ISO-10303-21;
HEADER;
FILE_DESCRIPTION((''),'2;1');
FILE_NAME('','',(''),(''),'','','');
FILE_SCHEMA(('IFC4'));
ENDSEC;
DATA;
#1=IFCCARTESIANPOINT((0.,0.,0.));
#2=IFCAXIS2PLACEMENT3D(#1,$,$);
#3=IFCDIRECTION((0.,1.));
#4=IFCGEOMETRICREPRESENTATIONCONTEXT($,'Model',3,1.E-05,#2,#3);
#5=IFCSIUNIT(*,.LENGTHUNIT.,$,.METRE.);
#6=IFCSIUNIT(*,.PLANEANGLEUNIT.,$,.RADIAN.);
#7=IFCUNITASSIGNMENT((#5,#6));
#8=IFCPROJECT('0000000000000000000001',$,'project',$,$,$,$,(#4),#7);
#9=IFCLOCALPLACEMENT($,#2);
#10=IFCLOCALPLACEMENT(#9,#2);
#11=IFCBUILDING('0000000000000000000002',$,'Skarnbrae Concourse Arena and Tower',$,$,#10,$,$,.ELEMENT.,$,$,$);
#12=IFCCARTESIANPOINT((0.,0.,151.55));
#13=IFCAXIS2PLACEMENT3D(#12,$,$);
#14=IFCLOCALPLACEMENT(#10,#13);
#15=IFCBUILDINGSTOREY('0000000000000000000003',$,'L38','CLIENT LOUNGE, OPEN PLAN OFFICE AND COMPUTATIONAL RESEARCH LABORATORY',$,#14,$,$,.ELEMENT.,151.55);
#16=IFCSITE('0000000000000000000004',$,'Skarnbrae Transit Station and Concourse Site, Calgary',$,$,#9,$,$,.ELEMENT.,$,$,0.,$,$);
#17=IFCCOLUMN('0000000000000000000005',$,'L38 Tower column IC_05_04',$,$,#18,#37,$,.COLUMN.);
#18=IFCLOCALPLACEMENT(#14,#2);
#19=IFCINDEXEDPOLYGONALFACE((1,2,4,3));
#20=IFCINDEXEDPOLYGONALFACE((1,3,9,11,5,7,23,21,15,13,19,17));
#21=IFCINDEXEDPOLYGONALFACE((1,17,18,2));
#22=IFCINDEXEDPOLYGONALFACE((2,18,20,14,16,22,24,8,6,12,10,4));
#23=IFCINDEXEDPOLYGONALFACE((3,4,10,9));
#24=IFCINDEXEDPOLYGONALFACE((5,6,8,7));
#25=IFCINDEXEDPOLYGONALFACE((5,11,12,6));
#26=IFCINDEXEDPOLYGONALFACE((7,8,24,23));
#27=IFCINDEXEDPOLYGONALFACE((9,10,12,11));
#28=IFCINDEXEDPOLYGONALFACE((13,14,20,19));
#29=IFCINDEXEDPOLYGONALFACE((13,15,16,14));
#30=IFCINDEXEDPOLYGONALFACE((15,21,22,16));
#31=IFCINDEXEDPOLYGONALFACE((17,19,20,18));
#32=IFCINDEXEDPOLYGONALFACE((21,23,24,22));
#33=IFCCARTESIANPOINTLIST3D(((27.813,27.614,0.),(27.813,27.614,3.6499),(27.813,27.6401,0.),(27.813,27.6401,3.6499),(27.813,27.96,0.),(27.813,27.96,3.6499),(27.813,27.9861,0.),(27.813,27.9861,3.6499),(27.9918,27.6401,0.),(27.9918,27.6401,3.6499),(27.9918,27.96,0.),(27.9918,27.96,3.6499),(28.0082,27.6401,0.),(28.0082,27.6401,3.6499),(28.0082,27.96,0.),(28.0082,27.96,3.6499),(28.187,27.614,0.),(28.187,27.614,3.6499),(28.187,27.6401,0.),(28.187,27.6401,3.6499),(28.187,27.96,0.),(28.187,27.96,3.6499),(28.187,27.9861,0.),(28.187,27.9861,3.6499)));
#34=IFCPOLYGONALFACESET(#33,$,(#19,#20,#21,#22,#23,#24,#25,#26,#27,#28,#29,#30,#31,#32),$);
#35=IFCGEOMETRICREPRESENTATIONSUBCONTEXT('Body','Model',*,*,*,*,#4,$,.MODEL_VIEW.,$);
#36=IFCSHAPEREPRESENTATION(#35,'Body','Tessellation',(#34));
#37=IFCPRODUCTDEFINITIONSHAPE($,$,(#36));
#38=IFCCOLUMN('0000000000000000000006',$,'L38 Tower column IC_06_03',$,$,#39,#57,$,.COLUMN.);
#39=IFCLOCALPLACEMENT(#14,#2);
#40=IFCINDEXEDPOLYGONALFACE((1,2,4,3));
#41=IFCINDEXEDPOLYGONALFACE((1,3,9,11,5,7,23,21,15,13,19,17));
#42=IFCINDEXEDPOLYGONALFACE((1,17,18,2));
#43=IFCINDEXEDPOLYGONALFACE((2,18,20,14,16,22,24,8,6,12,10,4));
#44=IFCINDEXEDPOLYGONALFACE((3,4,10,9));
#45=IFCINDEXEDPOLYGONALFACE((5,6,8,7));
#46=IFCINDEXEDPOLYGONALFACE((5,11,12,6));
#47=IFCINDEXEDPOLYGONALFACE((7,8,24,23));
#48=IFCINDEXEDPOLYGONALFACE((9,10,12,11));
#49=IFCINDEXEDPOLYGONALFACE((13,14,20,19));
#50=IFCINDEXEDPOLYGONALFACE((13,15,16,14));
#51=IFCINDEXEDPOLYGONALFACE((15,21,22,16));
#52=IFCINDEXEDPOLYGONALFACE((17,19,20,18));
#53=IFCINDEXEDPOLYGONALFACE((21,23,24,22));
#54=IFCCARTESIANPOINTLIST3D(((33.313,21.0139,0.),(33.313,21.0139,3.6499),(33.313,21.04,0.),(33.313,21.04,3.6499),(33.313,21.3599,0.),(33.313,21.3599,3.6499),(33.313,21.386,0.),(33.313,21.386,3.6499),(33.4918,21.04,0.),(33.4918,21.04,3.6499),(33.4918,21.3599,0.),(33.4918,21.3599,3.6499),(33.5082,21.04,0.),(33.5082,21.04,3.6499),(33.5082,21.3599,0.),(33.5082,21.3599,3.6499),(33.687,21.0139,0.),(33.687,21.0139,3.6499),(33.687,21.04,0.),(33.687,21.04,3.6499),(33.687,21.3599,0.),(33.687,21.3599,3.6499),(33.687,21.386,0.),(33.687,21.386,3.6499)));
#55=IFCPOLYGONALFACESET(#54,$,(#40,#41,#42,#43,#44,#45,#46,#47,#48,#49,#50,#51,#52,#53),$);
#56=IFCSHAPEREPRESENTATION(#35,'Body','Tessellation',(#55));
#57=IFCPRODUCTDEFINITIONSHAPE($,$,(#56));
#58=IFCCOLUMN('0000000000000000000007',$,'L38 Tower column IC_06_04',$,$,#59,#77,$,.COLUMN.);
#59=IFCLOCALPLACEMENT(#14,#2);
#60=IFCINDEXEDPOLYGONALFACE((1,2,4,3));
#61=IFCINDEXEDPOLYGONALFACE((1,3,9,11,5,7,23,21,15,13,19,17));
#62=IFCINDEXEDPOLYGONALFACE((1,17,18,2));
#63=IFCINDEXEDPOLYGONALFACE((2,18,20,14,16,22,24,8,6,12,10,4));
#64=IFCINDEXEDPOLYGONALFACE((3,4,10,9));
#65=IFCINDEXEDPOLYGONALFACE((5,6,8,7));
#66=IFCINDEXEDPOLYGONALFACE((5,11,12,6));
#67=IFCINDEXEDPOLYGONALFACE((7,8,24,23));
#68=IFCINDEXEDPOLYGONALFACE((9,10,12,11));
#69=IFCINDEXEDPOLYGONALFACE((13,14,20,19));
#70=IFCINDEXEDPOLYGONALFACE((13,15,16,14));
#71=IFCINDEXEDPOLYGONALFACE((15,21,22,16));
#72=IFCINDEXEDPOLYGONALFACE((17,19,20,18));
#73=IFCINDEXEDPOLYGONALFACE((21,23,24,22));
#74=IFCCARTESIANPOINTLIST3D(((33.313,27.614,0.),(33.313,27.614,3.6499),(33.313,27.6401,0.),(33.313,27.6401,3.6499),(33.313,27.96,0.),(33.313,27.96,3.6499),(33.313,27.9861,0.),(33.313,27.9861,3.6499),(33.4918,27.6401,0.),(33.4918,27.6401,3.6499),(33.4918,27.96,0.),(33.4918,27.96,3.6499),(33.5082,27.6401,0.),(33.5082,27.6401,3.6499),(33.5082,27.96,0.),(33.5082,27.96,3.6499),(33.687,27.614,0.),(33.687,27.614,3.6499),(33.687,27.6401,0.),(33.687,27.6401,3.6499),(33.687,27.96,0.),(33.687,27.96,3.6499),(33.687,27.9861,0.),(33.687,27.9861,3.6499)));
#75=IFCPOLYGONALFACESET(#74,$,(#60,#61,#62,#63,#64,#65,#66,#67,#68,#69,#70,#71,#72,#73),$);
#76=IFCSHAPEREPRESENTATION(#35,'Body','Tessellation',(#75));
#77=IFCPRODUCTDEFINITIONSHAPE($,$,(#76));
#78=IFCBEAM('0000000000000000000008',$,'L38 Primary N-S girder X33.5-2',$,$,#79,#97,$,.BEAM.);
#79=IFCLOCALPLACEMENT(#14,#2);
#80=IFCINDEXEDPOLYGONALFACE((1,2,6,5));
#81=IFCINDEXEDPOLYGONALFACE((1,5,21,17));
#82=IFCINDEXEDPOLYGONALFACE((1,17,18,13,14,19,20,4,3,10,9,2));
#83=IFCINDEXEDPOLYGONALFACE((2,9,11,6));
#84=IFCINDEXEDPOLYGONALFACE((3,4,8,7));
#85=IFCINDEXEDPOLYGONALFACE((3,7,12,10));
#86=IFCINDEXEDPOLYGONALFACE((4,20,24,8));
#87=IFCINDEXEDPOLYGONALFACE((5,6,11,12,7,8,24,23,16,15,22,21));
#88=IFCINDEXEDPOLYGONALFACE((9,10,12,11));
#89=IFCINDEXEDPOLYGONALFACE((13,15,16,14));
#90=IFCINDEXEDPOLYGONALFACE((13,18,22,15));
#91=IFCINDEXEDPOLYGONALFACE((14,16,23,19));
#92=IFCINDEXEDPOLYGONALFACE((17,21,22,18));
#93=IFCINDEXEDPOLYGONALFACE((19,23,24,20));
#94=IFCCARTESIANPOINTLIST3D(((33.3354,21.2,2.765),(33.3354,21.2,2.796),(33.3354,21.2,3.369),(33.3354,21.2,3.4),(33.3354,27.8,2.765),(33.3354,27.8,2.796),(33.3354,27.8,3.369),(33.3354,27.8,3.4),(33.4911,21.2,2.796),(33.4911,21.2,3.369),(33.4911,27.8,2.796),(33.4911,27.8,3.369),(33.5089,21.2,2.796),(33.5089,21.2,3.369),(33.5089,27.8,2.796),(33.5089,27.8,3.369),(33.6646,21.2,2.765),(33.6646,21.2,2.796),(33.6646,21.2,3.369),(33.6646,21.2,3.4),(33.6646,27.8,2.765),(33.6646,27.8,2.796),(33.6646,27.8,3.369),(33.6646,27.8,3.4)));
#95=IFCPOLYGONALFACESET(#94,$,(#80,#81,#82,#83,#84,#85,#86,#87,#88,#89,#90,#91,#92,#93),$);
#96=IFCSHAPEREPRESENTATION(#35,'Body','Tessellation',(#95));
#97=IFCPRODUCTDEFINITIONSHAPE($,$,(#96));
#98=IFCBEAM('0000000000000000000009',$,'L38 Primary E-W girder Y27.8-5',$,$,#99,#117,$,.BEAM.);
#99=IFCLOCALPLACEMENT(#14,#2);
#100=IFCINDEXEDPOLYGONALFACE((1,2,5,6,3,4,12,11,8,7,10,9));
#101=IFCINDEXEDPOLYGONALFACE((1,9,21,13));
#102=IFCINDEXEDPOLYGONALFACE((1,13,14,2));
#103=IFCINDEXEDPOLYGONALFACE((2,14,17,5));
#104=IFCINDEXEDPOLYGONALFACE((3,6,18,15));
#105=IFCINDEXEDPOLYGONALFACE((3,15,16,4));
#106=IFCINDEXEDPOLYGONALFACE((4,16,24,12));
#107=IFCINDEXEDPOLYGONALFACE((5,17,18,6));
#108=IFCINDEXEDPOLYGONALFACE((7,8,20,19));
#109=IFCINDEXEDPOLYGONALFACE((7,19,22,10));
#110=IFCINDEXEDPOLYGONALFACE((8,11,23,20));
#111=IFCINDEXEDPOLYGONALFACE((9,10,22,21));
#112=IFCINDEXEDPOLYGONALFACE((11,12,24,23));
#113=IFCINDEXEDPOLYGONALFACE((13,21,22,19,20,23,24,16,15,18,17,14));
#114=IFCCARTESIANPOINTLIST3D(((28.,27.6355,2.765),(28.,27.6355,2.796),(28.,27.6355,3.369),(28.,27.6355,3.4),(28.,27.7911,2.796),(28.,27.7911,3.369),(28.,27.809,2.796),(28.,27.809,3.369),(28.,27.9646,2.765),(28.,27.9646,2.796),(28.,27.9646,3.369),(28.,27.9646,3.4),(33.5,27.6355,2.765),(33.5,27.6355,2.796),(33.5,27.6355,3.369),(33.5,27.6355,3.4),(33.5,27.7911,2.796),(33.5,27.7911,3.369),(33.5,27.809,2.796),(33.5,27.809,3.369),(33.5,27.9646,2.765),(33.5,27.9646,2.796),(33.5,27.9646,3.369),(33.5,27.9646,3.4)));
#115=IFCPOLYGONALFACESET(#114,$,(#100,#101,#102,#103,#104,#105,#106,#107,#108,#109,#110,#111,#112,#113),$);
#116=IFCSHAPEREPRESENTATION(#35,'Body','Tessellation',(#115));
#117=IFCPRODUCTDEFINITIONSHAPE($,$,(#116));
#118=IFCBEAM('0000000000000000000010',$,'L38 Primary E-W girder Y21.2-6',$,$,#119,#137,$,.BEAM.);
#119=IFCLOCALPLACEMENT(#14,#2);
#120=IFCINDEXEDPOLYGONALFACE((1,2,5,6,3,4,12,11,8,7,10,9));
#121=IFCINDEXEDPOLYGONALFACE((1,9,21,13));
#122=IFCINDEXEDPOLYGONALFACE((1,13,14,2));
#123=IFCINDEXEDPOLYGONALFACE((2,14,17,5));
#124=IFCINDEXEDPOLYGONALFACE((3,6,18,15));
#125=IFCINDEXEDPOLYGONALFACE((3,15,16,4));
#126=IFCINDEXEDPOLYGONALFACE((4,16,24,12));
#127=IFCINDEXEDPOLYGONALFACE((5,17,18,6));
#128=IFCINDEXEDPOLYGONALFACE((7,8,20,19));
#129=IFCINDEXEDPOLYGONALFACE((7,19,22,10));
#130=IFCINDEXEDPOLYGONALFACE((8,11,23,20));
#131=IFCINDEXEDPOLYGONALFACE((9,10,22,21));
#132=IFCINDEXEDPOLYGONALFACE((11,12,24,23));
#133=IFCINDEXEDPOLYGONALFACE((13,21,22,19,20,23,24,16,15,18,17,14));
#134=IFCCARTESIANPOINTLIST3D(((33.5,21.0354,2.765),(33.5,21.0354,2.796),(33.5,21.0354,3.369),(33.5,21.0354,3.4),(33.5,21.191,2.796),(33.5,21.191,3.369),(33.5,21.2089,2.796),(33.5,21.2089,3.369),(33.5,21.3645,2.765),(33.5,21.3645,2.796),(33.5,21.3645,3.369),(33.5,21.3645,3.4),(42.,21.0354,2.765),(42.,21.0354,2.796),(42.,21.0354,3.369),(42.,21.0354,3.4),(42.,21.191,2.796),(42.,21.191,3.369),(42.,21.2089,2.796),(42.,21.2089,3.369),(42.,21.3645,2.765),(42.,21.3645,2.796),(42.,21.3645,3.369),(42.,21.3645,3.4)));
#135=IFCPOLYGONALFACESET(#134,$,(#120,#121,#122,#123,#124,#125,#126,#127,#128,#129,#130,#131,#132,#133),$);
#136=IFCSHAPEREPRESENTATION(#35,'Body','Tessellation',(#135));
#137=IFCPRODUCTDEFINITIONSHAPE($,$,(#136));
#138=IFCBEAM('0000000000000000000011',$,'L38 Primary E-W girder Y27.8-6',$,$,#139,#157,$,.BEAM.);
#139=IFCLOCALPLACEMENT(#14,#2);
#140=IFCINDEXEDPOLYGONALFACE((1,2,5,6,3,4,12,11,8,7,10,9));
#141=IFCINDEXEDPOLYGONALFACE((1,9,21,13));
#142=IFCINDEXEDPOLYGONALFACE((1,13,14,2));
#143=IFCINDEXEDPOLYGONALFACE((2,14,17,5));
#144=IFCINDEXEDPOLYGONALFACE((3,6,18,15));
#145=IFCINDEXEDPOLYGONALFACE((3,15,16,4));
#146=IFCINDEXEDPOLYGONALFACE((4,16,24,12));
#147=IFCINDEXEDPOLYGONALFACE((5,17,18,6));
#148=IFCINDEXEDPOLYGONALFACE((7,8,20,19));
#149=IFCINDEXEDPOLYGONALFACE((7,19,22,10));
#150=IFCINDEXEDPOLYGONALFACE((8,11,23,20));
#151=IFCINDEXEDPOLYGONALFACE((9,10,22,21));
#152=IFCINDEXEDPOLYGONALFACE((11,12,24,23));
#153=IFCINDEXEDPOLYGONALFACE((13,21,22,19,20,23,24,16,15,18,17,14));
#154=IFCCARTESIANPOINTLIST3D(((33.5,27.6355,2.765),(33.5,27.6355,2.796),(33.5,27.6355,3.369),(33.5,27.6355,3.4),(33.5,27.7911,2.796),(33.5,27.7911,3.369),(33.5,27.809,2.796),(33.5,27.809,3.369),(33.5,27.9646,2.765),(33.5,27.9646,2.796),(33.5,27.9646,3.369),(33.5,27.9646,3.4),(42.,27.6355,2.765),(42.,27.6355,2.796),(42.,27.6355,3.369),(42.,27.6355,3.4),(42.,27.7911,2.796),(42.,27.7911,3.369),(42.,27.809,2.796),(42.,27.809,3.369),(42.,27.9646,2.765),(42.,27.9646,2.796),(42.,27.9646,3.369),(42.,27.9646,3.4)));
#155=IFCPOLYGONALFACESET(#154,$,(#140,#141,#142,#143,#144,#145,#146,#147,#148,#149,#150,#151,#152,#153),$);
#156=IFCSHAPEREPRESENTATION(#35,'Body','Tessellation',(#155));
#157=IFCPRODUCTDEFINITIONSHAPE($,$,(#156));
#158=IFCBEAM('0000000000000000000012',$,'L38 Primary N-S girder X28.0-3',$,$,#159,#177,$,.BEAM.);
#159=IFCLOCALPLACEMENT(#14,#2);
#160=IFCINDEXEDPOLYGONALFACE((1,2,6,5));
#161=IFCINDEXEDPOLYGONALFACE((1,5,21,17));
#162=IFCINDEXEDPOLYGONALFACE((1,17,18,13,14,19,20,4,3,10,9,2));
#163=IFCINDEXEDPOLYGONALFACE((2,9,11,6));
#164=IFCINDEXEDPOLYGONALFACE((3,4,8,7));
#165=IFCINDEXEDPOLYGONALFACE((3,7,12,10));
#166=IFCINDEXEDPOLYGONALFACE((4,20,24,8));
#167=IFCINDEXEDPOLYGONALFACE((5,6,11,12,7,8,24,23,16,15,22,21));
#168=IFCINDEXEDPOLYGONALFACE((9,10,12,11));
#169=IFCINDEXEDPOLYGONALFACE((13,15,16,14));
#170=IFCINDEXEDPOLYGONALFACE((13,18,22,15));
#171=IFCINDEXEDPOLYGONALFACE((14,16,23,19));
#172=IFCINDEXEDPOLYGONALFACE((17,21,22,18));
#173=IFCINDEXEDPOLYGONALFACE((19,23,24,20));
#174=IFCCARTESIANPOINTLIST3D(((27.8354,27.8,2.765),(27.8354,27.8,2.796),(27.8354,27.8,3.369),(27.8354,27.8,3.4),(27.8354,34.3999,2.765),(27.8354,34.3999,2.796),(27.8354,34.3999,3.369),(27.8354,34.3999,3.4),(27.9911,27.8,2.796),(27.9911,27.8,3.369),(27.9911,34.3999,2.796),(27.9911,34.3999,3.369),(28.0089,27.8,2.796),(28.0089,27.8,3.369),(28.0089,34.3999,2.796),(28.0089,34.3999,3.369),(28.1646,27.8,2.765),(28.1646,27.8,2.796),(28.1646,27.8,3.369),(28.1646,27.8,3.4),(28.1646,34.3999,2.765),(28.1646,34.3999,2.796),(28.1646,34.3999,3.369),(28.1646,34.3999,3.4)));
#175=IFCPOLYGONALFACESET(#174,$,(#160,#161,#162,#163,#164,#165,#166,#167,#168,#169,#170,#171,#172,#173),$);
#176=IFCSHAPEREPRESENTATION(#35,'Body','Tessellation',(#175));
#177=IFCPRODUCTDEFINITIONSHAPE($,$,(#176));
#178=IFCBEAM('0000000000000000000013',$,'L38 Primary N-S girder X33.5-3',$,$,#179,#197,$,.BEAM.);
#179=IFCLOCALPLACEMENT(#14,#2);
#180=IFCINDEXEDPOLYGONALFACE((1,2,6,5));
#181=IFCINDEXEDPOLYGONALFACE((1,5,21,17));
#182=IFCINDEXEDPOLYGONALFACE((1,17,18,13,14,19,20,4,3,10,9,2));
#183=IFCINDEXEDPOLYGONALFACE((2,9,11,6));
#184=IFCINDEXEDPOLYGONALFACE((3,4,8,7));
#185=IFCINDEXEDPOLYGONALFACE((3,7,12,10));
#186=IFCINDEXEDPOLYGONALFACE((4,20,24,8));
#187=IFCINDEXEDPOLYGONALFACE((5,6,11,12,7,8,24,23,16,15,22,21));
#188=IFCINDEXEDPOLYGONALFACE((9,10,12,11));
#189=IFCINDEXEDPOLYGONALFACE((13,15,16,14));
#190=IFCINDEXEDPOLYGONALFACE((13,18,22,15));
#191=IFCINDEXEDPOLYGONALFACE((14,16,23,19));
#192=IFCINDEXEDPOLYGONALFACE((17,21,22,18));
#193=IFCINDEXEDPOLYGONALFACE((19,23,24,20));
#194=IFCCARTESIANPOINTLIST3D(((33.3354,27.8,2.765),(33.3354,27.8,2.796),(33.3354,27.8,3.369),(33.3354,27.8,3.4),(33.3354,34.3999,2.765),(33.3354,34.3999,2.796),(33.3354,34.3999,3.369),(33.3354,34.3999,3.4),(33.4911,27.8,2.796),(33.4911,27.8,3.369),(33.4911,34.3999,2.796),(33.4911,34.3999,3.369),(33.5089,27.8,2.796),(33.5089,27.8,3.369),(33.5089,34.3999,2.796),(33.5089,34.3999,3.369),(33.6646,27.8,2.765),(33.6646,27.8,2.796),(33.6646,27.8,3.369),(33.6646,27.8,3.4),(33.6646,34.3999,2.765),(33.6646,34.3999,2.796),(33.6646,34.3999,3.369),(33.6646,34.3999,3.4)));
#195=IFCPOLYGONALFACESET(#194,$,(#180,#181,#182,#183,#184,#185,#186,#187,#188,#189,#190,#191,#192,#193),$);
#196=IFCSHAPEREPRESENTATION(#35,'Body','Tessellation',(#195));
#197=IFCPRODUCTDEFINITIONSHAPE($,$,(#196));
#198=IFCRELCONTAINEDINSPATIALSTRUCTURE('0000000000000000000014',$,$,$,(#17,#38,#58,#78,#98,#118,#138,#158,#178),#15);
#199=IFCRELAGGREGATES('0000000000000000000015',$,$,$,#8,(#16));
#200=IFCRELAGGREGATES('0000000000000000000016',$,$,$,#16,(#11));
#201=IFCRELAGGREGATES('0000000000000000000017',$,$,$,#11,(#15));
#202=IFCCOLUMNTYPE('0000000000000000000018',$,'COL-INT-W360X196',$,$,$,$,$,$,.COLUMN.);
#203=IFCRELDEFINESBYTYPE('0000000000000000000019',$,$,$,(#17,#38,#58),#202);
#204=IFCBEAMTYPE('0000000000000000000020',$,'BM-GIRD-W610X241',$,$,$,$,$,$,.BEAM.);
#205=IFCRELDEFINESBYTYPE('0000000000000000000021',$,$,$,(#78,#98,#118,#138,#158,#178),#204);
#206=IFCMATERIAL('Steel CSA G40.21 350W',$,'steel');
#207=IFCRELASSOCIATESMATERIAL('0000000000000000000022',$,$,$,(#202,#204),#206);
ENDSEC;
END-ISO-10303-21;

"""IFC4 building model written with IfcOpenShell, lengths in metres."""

from ifc_helpers import new_model, si_unit, direction, frame, origin, origin_2d, place, context, subcontext, project, spatial, i_section, extrude, source, transform, mapped, material, material_profile, profile_set, type_object, element, save


model = new_model("IFC4")

# Units and contexts
model_context = context("Model", 3, precision=1e-05, world=origin(), true_north=direction((0.0, 1.0)))
body_context = subcontext(model_context, "Body", "Model", "MODEL_VIEW")
ifc_project = project(units=[si_unit("LENGTHUNIT", "METRE"), si_unit("PLANEANGLEUNIT", "RADIAN")], contexts=[model_context])

# Site, building, storey
site_placement = place(None, origin())
site = spatial("IfcSite", under=ifc_project, at=site_placement, Name="Skarnbrae Transit Station and Concourse Site, Calgary", CompositionType="ELEMENT", RefElevation=0.0)
building_placement = place(site_placement, origin())
building = spatial("IfcBuilding", under=site, at=building_placement, Name="Skarnbrae Concourse Arena and Tower", CompositionType="ELEMENT")
storey_placement = place(building_placement, frame((0.0, 0.0, 151.55)))
storey = spatial("IfcBuildingStorey", under=building, at=storey_placement, Name="L38", Description="CLIENT LOUNGE, OPEN PLAN OFFICE AND COMPUTATIONAL RESEARCH LABORATORY", CompositionType="ELEMENT", Elevation=151.55)

# Columns
ifc_material_1 = material(Name="Steel CSA G40.21 350W", Category="steel")
ifc_material_profile_1 = material_profile(ifc_material_1, i_section(OverallWidth=0.374, OverallDepth=0.3721, WebThickness=0.0164, FlangeThickness=0.0261, at=origin_2d()), Name="W360X196")
ifc_profile_set_1 = profile_set([ifc_material_profile_1], Name="Steel CSA G40.21 350W")
column_type = type_object("IfcColumnType", Name="COL-INT-W360X196", PredefinedType="COLUMN", material=ifc_profile_set_1)
shared_shape_1 = source(origin(), body_context, "Body", "SweptSolid", [
    extrude(i_section(OverallWidth=0.374, OverallDepth=0.3721, WebThickness=0.0164, FlangeThickness=0.0261, at=origin_2d()), origin(), (0.0, 0.0, 1.0), 3.6499),
])
for number, where, z_axis, x_axis, name in (
    (1, (28.0, 27.8, 0.0), (0.0, 0.0, 1.0), (1.0, 0.0, 0.0), "L38 Tower column IC_05_04"),
    (2, (33.5, 21.2, 0.0), (0.0, 0.0, 1.0), (1.0, 0.0, 0.0), "L38 Tower column IC_06_03"),
    (3, (33.5, 27.8, 0.0), (0.0, 0.0, 1.0), (1.0, 0.0, 0.0), "L38 Tower column IC_06_04"),
):
    element("IfcColumn", number, at=place(storey_placement, frame(where, z_axis=z_axis, x_axis=x_axis)), inside=storey, type_object=column_type, Name=name, PredefinedType="COLUMN", context=body_context, shape_type="MappedRepresentation", body=[
        mapped(shared_shape_1, transform((0.0, 0.0, 0.0))),
    ])

# Beams
ifc_material_profile_2 = material_profile(ifc_material_1, i_section(OverallWidth=0.3291, OverallDepth=0.635, WebThickness=0.0178, FlangeThickness=0.031, at=origin_2d()), Name="W610X241")
ifc_profile_set_2 = profile_set([ifc_material_profile_2], Name="Steel CSA G40.21 350W")
beam_type_1 = type_object("IfcBeamType", Name="BM-GIRD-W610X241", PredefinedType="BEAM", material=ifc_profile_set_2)
shared_shape_2 = source(origin(), body_context, "Body", "SweptSolid", [
    extrude(i_section(OverallWidth=0.3291, OverallDepth=0.635, WebThickness=0.0178, FlangeThickness=0.031, at=origin_2d()), origin(), (0.0, 0.0, 1.0), 6.6001),
])
beam_1_placement = place(storey_placement, frame((33.5, 21.2, 3.0825), z_axis=(0.0, 1.0, 0.0), x_axis=(-1.0, 0.0, 0.0)))
element("IfcBeam", 4, at=beam_1_placement, inside=storey, type_object=beam_type_1, Name="L38 Primary N-S girder X33.5-2", PredefinedType="BEAM", context=body_context, shape_type="MappedRepresentation", body=[
    mapped(shared_shape_2, transform((0.0, 0.0, 0.0))),
])
shared_shape_3 = source(origin(), body_context, "Body", "SweptSolid", [
    extrude(i_section(OverallWidth=0.3291, OverallDepth=0.635, WebThickness=0.0178, FlangeThickness=0.031, at=origin_2d()), origin(), (0.0, 0.0, 1.0), 5.5),
])
beam_2_placement = place(storey_placement, frame((28.0, 27.8, 3.0825), z_axis=(1.0, 0.0, 0.0), x_axis=(0.0, 1.0, 0.0)))
element("IfcBeam", 5, at=beam_2_placement, inside=storey, type_object=beam_type_1, Name="L38 Primary E-W girder Y27.8-5", PredefinedType="BEAM", context=body_context, shape_type="MappedRepresentation", body=[
    mapped(shared_shape_3, transform((0.0, 0.0, 0.0))),
])
shared_shape_4 = source(origin(), body_context, "Body", "SweptSolid", [
    extrude(i_section(OverallWidth=0.3291, OverallDepth=0.635, WebThickness=0.0178, FlangeThickness=0.031, at=origin_2d()), origin(), (0.0, 0.0, 1.0), 8.5),
])
for number, where, z_axis, x_axis, name in (
    (6, (33.5, 21.2, 3.0825), (1.0, 0.0, 0.0), (0.0, 1.0, 0.0), "L38 Primary E-W girder Y21.2-6"),
    (7, (33.5, 27.8, 3.0825), (1.0, 0.0, 0.0), (0.0, 1.0, 0.0), "L38 Primary E-W girder Y27.8-6"),
):
    element("IfcBeam", number, at=place(storey_placement, frame(where, z_axis=z_axis, x_axis=x_axis)), inside=storey, type_object=beam_type_1, Name=name, PredefinedType="BEAM", context=body_context, shape_type="MappedRepresentation", body=[
        mapped(shared_shape_4, transform((0.0, 0.0, 0.0))),
    ])
shared_shape_5 = source(origin(), body_context, "Body", "SweptSolid", [
    extrude(i_section(OverallWidth=0.3291, OverallDepth=0.635, WebThickness=0.0178, FlangeThickness=0.031, at=origin_2d()), origin(), (0.0, 0.0, 1.0), 6.5999),
])
for number, where, z_axis, x_axis, name in (
    (8, (28.0, 27.8, 3.0825), (0.0, 1.0, 0.0), (-1.0, 0.0, 0.0), "L38 Primary N-S girder X28.0-3"),
    (9, (33.5, 27.8, 3.0825), (0.0, 1.0, 0.0), (-1.0, 0.0, 0.0), "L38 Primary N-S girder X33.5-3"),
):
    element("IfcBeam", number, at=place(storey_placement, frame(where, z_axis=z_axis, x_axis=x_axis)), inside=storey, type_object=beam_type_1, Name=name, PredefinedType="BEAM", context=body_context, shape_type="MappedRepresentation", body=[
        mapped(shared_shape_5, transform((0.0, 0.0, 0.0))),
    ])

save(model, "model.ifc")
